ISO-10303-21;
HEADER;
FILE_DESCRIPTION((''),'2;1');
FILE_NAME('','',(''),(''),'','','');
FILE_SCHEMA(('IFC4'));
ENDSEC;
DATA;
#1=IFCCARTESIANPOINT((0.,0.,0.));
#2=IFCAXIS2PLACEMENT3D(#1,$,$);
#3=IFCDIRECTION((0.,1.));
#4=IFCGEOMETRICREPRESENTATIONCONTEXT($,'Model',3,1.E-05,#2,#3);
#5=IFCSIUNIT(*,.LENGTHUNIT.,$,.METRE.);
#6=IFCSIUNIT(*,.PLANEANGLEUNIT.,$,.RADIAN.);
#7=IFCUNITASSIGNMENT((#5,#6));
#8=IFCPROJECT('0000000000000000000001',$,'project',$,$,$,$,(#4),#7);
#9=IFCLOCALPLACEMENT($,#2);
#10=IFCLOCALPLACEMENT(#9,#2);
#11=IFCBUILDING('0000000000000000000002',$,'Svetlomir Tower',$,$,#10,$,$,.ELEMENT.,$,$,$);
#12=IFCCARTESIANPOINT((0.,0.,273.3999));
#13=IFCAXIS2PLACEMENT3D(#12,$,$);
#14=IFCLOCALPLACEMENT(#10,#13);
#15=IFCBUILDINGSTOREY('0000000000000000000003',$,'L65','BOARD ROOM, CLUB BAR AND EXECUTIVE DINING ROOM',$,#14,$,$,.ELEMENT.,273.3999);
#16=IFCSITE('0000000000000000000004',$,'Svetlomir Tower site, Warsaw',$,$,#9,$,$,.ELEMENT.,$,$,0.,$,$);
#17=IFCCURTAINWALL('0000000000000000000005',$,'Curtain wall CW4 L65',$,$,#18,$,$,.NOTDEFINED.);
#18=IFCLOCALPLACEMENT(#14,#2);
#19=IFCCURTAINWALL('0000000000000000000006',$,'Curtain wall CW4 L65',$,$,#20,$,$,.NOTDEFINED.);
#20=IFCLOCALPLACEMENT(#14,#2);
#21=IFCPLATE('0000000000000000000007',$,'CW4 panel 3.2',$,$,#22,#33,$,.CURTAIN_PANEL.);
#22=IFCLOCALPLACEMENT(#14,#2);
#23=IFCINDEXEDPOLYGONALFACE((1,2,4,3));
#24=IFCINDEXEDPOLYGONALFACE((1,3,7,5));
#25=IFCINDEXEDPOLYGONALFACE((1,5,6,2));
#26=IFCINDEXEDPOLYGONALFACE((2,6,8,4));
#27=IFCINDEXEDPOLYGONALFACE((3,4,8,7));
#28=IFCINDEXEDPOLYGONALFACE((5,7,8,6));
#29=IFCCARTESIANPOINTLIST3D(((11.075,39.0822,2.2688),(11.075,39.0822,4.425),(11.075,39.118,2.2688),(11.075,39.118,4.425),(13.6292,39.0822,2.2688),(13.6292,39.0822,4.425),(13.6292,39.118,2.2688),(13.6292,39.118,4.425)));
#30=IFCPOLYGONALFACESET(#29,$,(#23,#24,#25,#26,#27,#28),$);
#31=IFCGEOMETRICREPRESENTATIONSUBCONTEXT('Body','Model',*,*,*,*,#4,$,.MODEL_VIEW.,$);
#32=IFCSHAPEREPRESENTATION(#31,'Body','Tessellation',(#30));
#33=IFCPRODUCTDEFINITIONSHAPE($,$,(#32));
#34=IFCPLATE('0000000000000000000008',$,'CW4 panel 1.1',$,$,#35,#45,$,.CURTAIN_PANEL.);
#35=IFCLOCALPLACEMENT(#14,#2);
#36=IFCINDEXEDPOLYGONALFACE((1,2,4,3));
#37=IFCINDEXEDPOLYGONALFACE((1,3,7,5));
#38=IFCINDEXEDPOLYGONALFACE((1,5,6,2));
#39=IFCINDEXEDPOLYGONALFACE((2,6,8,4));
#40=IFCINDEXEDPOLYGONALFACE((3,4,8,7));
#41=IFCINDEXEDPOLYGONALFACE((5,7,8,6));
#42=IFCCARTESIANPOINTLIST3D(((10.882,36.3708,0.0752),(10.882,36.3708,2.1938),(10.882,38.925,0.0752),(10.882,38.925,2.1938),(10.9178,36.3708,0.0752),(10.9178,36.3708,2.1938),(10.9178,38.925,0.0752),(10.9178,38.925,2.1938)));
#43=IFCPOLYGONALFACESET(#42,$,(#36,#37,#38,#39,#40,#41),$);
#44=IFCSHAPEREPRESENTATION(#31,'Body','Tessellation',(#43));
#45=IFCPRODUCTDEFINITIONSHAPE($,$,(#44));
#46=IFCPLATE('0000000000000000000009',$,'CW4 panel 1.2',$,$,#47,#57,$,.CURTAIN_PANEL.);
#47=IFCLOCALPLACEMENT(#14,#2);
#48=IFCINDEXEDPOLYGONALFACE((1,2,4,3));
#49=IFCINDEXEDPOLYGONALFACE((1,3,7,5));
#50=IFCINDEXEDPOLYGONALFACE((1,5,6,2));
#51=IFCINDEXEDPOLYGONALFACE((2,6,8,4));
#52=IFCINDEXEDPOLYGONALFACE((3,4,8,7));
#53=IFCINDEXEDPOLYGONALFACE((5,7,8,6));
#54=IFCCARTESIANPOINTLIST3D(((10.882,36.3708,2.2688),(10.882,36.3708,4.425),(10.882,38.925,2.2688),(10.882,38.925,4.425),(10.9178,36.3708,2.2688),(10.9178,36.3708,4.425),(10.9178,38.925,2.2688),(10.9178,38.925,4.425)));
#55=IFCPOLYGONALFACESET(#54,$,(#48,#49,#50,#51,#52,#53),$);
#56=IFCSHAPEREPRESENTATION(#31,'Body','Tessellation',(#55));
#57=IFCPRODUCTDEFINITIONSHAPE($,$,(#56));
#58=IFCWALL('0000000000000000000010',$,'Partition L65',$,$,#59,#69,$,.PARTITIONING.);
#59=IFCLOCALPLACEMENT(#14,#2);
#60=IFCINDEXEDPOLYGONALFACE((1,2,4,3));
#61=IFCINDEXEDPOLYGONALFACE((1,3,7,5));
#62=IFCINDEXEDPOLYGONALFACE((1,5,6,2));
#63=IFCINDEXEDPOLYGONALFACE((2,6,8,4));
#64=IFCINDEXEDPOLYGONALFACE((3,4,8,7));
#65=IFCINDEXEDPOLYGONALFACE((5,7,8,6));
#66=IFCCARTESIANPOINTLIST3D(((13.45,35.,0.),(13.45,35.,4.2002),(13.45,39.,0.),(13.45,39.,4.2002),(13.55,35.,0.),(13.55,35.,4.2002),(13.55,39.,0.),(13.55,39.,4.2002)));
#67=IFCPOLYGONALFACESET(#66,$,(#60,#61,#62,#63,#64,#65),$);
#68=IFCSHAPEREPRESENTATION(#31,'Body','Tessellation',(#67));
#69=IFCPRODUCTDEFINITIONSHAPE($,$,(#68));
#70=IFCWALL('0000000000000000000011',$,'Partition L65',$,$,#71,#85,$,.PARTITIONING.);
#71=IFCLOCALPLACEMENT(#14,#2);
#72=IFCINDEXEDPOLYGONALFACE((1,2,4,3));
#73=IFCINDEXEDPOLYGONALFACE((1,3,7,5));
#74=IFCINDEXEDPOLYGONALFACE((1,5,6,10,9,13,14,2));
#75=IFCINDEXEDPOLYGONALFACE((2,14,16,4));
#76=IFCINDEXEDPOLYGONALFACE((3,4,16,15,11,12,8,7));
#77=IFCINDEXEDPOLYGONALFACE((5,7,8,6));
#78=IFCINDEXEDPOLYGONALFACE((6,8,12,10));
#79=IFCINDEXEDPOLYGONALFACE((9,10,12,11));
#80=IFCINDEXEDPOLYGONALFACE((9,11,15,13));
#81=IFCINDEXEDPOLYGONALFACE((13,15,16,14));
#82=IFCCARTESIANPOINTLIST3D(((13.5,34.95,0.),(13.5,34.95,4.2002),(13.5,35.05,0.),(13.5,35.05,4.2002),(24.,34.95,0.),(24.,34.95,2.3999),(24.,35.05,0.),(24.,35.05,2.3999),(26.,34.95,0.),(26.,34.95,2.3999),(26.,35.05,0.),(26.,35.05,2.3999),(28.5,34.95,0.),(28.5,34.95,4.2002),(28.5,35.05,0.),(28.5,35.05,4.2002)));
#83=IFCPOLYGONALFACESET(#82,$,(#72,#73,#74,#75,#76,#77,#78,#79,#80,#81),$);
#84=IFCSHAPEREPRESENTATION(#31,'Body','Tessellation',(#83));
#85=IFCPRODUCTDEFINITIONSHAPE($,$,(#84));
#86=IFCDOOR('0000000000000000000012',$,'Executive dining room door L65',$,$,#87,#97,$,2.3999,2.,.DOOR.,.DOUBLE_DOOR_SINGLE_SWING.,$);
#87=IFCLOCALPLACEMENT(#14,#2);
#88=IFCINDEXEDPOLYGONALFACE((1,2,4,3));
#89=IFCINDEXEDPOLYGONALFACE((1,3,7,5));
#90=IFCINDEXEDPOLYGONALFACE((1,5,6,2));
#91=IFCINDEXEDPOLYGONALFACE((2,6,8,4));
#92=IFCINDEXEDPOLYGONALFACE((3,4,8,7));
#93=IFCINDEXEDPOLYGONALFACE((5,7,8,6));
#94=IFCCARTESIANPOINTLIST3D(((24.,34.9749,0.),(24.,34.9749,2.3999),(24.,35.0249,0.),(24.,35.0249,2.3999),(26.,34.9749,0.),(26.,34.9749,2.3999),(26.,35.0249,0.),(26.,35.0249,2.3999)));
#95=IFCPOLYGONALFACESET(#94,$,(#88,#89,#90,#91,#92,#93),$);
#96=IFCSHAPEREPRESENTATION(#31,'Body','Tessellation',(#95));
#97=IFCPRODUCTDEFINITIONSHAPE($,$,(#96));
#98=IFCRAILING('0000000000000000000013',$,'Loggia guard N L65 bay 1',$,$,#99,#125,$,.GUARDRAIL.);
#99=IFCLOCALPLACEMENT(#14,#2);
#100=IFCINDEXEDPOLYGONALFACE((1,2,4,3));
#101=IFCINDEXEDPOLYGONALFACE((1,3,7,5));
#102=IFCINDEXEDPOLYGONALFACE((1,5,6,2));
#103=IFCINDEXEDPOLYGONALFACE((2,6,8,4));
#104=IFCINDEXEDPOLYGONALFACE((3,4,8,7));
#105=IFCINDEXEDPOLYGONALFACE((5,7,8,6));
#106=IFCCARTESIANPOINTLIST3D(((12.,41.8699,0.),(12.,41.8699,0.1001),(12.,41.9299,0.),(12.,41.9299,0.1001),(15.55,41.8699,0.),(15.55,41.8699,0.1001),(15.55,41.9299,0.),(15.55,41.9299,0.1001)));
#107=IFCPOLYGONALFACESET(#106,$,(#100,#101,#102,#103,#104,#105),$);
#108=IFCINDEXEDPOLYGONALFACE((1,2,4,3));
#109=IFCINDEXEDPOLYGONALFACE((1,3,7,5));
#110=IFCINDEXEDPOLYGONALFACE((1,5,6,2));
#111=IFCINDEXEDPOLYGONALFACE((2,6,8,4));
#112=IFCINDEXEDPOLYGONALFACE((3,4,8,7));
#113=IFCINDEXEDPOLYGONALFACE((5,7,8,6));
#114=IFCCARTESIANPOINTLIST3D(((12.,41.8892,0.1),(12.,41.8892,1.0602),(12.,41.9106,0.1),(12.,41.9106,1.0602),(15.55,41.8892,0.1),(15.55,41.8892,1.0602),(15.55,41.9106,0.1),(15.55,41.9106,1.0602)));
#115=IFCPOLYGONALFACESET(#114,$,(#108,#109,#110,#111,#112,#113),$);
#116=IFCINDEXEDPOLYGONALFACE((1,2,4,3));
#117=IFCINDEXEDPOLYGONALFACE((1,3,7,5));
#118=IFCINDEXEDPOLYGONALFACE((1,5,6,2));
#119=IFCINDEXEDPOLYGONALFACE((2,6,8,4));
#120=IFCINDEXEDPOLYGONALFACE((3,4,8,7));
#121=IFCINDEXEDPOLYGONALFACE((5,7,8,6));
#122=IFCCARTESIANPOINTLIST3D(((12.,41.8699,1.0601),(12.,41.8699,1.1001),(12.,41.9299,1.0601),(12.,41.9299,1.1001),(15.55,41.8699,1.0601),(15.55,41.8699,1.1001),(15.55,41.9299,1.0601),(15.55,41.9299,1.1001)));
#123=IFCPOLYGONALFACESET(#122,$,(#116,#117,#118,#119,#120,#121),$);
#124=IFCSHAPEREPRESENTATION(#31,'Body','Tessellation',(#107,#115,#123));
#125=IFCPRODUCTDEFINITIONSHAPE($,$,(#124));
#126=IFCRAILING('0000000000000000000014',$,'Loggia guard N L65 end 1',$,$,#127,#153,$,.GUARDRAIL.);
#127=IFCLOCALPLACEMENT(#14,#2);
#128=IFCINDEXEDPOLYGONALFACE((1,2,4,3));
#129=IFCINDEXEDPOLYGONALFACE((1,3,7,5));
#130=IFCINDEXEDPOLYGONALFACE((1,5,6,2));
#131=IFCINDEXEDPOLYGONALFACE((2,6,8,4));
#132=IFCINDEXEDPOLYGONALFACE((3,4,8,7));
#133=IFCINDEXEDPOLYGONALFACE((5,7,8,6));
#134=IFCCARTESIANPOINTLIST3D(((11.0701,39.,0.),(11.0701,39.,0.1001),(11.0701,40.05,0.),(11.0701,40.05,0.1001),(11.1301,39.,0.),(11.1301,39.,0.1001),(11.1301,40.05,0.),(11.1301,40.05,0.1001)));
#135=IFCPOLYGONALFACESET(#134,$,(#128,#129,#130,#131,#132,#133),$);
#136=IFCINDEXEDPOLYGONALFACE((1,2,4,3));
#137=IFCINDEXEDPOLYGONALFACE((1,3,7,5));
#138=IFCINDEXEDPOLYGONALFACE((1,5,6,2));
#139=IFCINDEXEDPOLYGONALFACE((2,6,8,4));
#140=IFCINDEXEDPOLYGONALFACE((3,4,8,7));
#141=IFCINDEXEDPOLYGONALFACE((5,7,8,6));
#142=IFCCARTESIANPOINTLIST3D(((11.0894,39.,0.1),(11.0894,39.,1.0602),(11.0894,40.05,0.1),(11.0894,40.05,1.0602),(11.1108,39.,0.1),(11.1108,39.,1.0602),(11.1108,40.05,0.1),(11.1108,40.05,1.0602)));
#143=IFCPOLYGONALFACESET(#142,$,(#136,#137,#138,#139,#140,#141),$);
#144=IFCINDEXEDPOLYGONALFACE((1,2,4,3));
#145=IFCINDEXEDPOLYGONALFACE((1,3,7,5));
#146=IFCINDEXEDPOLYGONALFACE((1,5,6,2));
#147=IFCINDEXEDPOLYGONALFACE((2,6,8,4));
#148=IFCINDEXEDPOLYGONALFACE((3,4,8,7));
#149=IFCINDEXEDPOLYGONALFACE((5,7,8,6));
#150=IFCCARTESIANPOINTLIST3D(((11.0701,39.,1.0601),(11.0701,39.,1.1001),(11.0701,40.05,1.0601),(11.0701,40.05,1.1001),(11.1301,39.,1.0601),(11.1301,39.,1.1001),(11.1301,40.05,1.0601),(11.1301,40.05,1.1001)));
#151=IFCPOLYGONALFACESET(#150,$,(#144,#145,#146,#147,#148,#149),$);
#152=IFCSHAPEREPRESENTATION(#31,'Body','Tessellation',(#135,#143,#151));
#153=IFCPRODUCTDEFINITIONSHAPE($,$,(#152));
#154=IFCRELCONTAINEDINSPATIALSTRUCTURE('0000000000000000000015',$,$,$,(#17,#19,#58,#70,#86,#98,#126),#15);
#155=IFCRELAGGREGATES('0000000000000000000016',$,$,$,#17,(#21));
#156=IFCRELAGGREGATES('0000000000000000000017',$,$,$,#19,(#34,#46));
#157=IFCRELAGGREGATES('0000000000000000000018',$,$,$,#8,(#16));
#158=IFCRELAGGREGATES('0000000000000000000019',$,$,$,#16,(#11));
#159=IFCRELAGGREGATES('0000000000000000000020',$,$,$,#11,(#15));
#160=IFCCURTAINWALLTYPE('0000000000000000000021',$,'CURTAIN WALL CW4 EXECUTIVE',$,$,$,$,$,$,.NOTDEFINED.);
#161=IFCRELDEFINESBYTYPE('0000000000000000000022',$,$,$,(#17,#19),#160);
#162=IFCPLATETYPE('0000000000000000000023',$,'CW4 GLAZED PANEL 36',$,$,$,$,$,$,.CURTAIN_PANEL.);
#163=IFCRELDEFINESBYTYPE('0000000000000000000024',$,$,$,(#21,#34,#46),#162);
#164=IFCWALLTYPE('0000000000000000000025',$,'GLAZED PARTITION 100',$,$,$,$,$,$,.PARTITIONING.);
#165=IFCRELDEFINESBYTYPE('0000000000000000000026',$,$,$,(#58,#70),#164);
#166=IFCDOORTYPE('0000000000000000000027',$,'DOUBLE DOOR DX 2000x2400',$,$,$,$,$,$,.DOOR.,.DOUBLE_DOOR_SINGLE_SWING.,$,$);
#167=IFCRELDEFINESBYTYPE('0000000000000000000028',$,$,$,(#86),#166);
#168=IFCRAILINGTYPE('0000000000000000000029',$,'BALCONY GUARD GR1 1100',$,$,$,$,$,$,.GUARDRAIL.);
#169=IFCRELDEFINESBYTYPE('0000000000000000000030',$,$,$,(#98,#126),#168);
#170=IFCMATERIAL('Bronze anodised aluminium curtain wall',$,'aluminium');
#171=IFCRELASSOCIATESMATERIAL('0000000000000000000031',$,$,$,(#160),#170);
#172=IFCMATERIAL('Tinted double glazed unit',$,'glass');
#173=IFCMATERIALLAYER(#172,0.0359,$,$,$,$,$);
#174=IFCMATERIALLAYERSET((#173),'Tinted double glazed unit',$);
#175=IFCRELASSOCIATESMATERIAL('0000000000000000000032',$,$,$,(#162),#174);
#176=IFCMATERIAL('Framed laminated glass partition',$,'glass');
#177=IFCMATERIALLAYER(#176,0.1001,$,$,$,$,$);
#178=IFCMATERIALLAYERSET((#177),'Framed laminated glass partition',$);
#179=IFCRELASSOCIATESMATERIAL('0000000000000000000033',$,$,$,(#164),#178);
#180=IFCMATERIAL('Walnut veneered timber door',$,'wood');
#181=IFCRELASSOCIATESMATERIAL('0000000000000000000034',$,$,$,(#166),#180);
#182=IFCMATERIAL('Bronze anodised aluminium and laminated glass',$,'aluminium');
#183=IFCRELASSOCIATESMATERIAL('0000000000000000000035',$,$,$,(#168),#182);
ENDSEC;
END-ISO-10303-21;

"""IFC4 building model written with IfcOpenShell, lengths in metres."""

from ifc_helpers import new_model, si_unit, direction, frame, frame_2d, origin, origin_2d, place, context, subcontext, project, spatial, rectangle, extrude, material, layer, layer_set, type_object, element, fill, aggregate, save


model = new_model("IFC4")

# Units and contexts
model_context = context("Model", 3, precision=1e-05, world=origin(), true_north=direction((0.0, 1.0)))
body_context = subcontext(model_context, "Body", "Model", "MODEL_VIEW")
ifc_project = project(units=[si_unit("LENGTHUNIT", "METRE"), si_unit("PLANEANGLEUNIT", "RADIAN")], contexts=[model_context])

# Site, building, storey
site_placement = place(None, origin())
site = spatial("IfcSite", under=ifc_project, at=site_placement, Name="Svetlomir Tower site, Warsaw", CompositionType="ELEMENT", RefElevation=0.0)
building_placement = place(site_placement, origin())
building = spatial("IfcBuilding", under=site, at=building_placement, Name="Svetlomir Tower", CompositionType="ELEMENT")
storey_placement = place(building_placement, frame((0.0, 0.0, 273.3999)))
storey = spatial("IfcBuildingStorey", under=building, at=storey_placement, Name="L65", Description="BOARD ROOM, CLUB BAR AND EXECUTIVE DINING ROOM", CompositionType="ELEMENT", Elevation=273.3999)

# Curtain walls
ifc_material_1 = material(Name="Bronze anodised aluminium curtain wall", Category="aluminium")
curtain_wall_type = type_object("IfcCurtainWallType", Name="CURTAIN WALL CW4 EXECUTIVE", PredefinedType="NOTDEFINED", material=ifc_material_1)
curtain_wall_1_placement = place(storey_placement, origin())
curtain_wall_1 = element("IfcCurtainWall", 1, at=curtain_wall_1_placement, inside=storey, type_object=curtain_wall_type, Name="Curtain wall CW4 L65", PredefinedType="NOTDEFINED")
curtain_wall_2_placement = place(storey_placement, origin())
curtain_wall_2 = element("IfcCurtainWall", 2, at=curtain_wall_2_placement, inside=storey, type_object=curtain_wall_type, Name="Curtain wall CW4 L65", PredefinedType="NOTDEFINED")

# Plates
ifc_material_2 = material(Name="Tinted double glazed unit", Category="glass")
ifc_layer_1 = layer(ifc_material_2, 0.0359)
ifc_layer_set_1 = layer_set([ifc_layer_1], Name="Tinted double glazed unit")
plate_type = type_object("IfcPlateType", Name="CW4 GLAZED PANEL 36", PredefinedType="CURTAIN_PANEL", material=ifc_layer_set_1)
plate_1_placement = place(storey_placement, frame((12.3521, 39.1001, 2.2688), z_axis=(0.0, 0.0, 1.0), x_axis=(-1.0, 0.0, 0.0)))
plate_1 = element("IfcPlate", 3, at=plate_1_placement, type_object=plate_type, Name="CW4 panel 3.2", PredefinedType="CURTAIN_PANEL", context=body_context, shape_type="SweptSolid", body=[
    extrude(rectangle(XDim=2.5542, YDim=0.0359, at=origin_2d()), origin(), (0.0, 0.0, 1.0), 2.1562),
])
aggregate(curtain_wall_1, [plate_1])
plate_2_placement = place(storey_placement, frame((10.8999, 37.6479, 0.0752), z_axis=(0.0, 0.0, 1.0), x_axis=(0.0, -1.0, 0.0)))
plate_2 = element("IfcPlate", 4, at=plate_2_placement, type_object=plate_type, Name="CW4 panel 1.1", PredefinedType="CURTAIN_PANEL", context=body_context, shape_type="SweptSolid", body=[
    extrude(rectangle(XDim=2.5542, YDim=0.0359, at=origin_2d()), origin(), (0.0, 0.0, 1.0), 2.1187),
])
plate_3_placement = place(storey_placement, frame((10.8999, 37.6479, 2.2688), z_axis=(0.0, 0.0, 1.0), x_axis=(0.0, -1.0, 0.0)))
plate_3 = element("IfcPlate", 5, at=plate_3_placement, type_object=plate_type, Name="CW4 panel 1.2", PredefinedType="CURTAIN_PANEL", context=body_context, shape_type="SweptSolid", body=[
    extrude(rectangle(XDim=2.5542, YDim=0.0359, at=origin_2d()), origin(), (0.0, 0.0, 1.0), 2.1562),
])
aggregate(curtain_wall_2, [plate_2, plate_3])

# Wall
ifc_material_3 = material(Name="Framed laminated glass partition", Category="glass")
ifc_layer_2 = layer(ifc_material_3, 0.1001)
ifc_layer_set_2 = layer_set([ifc_layer_2], Name="Framed laminated glass partition")
wall_type = type_object("IfcWallType", Name="GLAZED PARTITION 100", PredefinedType="PARTITIONING", material=ifc_layer_set_2)
wall_1_placement = place(storey_placement, frame((13.5, 35.0, 0.0), z_axis=(0.0, 0.0, 1.0), x_axis=(0.0, 1.0, 0.0)))
element("IfcWall", 6, at=wall_1_placement, inside=storey, type_object=wall_type, Name="Partition L65", PredefinedType="PARTITIONING", context=body_context, shape_type="SweptSolid", body=[
    extrude(rectangle(XDim=4.0, YDim=0.1001, at=frame_2d((2.0, 0.0))), origin(), (0.0, 0.0, 1.0), 4.2002),
])

# Wall, opening, door
wall_2_placement = place(storey_placement, frame((13.5, 35.0, 0.0), z_axis=(0.0, 0.0, 1.0), x_axis=(1.0, 0.0, 0.0)))
wall_2 = element("IfcWall", 7, at=wall_2_placement, inside=storey, type_object=wall_type, Name="Partition L65", PredefinedType="PARTITIONING", context=body_context, shape_type="SweptSolid", body=[
    extrude(rectangle(XDim=15.0, YDim=0.1001, at=frame_2d((7.5, 0.0))), origin(), (0.0, 0.0, 1.0), 4.2002),
])
opening_placement = place(wall_2_placement, frame((10.5, 0.0, 0.0)))
opening = element("IfcOpeningElement", 8, at=opening_placement, cuts=wall_2, PredefinedType="OPENING", context=body_context, shape_type="SweptSolid", body=[
    extrude(rectangle(XDim=2.0, YDim=2.3999, at=frame_2d((1.0, 1.2))), frame((0.0, 0.0601, 0.0), z_axis=(0.0, -1.0, 0.0), x_axis=(1.0, 0.0, 0.0)), (0.0, 0.0, 1.0), 0.1201),
])
ifc_material_4 = material(Name="Walnut veneered timber door", Category="wood")
door_type = type_object("IfcDoorType", Name="DOUBLE DOOR DX 2000x2400", OperationType="DOUBLE_DOOR_SINGLE_SWING", PredefinedType="DOOR", material=ifc_material_4)
door_placement = place(opening_placement, origin())
door = element("IfcDoor", 9, at=door_placement, inside=storey, type_object=door_type, Name="Executive dining room door L65", OperationType="DOUBLE_DOOR_SINGLE_SWING", OverallHeight=2.3999, OverallWidth=2.0, PredefinedType="DOOR", context=body_context, shape_type="SweptSolid", body=[
    extrude(rectangle(XDim=2.0, YDim=2.3999, at=frame_2d((1.0, 1.2))), frame((0.0, 0.0249, 0.0), z_axis=(0.0, -1.0, 0.0), x_axis=(1.0, 0.0, 0.0)), (0.0, 0.0, 1.0), 0.05),
])
fill(opening, door)

# Railings
ifc_material_5 = material(Name="Bronze anodised aluminium and laminated glass", Category="aluminium")
railing_type = type_object("IfcRailingType", Name="BALCONY GUARD GR1 1100", PredefinedType="GUARDRAIL", material=ifc_material_5)
railing_1_placement = place(storey_placement, frame((12.0, 41.8999, 0.0)))
element("IfcRailing", 10, at=railing_1_placement, inside=storey, type_object=railing_type, Name="Loggia guard N L65 bay 1", PredefinedType="GUARDRAIL", context=body_context, shape_type="SweptSolid", body=[
    extrude(rectangle(XDim=0.0601, YDim=0.1001, at=origin_2d()), frame((0.0, 0.0, 0.05), z_axis=(1.0, 0.0, 0.0), x_axis=(0.0, 1.0, 0.0)), (0.0, 0.0, 1.0), 3.55),
    extrude(rectangle(XDim=0.0215, YDim=0.9602, at=origin_2d()), frame((0.0, 0.0, 0.5801), z_axis=(1.0, 0.0, 0.0), x_axis=(0.0, 1.0, 0.0)), (0.0, 0.0, 1.0), 3.55),
    extrude(rectangle(XDim=0.0601, YDim=0.04, at=origin_2d()), frame((0.0, 0.0, 1.0801), z_axis=(1.0, 0.0, 0.0), x_axis=(0.0, 1.0, 0.0)), (0.0, 0.0, 1.0), 3.55),
])
railing_2_placement = place(storey_placement, frame((11.1001, 40.05, 0.0)))
element("IfcRailing", 11, at=railing_2_placement, inside=storey, type_object=railing_type, Name="Loggia guard N L65 end 1", PredefinedType="GUARDRAIL", context=body_context, shape_type="SweptSolid", body=[
    extrude(rectangle(XDim=0.0601, YDim=0.1001, at=origin_2d()), frame((0.0, 0.0, 0.05), z_axis=(0.0, -1.0, 0.0), x_axis=(1.0, 0.0, 0.0)), (0.0, 0.0, 1.0), 1.05),
    extrude(rectangle(XDim=0.0215, YDim=0.9602, at=origin_2d()), frame((0.0, 0.0, 0.5801), z_axis=(0.0, -1.0, 0.0), x_axis=(1.0, 0.0, 0.0)), (0.0, 0.0, 1.0), 1.05),
    extrude(rectangle(XDim=0.0601, YDim=0.04, at=origin_2d()), frame((0.0, 0.0, 1.0801), z_axis=(0.0, -1.0, 0.0), x_axis=(1.0, 0.0, 0.0)), (0.0, 0.0, 1.0), 1.05),
])

save(model, "model.ifc")
